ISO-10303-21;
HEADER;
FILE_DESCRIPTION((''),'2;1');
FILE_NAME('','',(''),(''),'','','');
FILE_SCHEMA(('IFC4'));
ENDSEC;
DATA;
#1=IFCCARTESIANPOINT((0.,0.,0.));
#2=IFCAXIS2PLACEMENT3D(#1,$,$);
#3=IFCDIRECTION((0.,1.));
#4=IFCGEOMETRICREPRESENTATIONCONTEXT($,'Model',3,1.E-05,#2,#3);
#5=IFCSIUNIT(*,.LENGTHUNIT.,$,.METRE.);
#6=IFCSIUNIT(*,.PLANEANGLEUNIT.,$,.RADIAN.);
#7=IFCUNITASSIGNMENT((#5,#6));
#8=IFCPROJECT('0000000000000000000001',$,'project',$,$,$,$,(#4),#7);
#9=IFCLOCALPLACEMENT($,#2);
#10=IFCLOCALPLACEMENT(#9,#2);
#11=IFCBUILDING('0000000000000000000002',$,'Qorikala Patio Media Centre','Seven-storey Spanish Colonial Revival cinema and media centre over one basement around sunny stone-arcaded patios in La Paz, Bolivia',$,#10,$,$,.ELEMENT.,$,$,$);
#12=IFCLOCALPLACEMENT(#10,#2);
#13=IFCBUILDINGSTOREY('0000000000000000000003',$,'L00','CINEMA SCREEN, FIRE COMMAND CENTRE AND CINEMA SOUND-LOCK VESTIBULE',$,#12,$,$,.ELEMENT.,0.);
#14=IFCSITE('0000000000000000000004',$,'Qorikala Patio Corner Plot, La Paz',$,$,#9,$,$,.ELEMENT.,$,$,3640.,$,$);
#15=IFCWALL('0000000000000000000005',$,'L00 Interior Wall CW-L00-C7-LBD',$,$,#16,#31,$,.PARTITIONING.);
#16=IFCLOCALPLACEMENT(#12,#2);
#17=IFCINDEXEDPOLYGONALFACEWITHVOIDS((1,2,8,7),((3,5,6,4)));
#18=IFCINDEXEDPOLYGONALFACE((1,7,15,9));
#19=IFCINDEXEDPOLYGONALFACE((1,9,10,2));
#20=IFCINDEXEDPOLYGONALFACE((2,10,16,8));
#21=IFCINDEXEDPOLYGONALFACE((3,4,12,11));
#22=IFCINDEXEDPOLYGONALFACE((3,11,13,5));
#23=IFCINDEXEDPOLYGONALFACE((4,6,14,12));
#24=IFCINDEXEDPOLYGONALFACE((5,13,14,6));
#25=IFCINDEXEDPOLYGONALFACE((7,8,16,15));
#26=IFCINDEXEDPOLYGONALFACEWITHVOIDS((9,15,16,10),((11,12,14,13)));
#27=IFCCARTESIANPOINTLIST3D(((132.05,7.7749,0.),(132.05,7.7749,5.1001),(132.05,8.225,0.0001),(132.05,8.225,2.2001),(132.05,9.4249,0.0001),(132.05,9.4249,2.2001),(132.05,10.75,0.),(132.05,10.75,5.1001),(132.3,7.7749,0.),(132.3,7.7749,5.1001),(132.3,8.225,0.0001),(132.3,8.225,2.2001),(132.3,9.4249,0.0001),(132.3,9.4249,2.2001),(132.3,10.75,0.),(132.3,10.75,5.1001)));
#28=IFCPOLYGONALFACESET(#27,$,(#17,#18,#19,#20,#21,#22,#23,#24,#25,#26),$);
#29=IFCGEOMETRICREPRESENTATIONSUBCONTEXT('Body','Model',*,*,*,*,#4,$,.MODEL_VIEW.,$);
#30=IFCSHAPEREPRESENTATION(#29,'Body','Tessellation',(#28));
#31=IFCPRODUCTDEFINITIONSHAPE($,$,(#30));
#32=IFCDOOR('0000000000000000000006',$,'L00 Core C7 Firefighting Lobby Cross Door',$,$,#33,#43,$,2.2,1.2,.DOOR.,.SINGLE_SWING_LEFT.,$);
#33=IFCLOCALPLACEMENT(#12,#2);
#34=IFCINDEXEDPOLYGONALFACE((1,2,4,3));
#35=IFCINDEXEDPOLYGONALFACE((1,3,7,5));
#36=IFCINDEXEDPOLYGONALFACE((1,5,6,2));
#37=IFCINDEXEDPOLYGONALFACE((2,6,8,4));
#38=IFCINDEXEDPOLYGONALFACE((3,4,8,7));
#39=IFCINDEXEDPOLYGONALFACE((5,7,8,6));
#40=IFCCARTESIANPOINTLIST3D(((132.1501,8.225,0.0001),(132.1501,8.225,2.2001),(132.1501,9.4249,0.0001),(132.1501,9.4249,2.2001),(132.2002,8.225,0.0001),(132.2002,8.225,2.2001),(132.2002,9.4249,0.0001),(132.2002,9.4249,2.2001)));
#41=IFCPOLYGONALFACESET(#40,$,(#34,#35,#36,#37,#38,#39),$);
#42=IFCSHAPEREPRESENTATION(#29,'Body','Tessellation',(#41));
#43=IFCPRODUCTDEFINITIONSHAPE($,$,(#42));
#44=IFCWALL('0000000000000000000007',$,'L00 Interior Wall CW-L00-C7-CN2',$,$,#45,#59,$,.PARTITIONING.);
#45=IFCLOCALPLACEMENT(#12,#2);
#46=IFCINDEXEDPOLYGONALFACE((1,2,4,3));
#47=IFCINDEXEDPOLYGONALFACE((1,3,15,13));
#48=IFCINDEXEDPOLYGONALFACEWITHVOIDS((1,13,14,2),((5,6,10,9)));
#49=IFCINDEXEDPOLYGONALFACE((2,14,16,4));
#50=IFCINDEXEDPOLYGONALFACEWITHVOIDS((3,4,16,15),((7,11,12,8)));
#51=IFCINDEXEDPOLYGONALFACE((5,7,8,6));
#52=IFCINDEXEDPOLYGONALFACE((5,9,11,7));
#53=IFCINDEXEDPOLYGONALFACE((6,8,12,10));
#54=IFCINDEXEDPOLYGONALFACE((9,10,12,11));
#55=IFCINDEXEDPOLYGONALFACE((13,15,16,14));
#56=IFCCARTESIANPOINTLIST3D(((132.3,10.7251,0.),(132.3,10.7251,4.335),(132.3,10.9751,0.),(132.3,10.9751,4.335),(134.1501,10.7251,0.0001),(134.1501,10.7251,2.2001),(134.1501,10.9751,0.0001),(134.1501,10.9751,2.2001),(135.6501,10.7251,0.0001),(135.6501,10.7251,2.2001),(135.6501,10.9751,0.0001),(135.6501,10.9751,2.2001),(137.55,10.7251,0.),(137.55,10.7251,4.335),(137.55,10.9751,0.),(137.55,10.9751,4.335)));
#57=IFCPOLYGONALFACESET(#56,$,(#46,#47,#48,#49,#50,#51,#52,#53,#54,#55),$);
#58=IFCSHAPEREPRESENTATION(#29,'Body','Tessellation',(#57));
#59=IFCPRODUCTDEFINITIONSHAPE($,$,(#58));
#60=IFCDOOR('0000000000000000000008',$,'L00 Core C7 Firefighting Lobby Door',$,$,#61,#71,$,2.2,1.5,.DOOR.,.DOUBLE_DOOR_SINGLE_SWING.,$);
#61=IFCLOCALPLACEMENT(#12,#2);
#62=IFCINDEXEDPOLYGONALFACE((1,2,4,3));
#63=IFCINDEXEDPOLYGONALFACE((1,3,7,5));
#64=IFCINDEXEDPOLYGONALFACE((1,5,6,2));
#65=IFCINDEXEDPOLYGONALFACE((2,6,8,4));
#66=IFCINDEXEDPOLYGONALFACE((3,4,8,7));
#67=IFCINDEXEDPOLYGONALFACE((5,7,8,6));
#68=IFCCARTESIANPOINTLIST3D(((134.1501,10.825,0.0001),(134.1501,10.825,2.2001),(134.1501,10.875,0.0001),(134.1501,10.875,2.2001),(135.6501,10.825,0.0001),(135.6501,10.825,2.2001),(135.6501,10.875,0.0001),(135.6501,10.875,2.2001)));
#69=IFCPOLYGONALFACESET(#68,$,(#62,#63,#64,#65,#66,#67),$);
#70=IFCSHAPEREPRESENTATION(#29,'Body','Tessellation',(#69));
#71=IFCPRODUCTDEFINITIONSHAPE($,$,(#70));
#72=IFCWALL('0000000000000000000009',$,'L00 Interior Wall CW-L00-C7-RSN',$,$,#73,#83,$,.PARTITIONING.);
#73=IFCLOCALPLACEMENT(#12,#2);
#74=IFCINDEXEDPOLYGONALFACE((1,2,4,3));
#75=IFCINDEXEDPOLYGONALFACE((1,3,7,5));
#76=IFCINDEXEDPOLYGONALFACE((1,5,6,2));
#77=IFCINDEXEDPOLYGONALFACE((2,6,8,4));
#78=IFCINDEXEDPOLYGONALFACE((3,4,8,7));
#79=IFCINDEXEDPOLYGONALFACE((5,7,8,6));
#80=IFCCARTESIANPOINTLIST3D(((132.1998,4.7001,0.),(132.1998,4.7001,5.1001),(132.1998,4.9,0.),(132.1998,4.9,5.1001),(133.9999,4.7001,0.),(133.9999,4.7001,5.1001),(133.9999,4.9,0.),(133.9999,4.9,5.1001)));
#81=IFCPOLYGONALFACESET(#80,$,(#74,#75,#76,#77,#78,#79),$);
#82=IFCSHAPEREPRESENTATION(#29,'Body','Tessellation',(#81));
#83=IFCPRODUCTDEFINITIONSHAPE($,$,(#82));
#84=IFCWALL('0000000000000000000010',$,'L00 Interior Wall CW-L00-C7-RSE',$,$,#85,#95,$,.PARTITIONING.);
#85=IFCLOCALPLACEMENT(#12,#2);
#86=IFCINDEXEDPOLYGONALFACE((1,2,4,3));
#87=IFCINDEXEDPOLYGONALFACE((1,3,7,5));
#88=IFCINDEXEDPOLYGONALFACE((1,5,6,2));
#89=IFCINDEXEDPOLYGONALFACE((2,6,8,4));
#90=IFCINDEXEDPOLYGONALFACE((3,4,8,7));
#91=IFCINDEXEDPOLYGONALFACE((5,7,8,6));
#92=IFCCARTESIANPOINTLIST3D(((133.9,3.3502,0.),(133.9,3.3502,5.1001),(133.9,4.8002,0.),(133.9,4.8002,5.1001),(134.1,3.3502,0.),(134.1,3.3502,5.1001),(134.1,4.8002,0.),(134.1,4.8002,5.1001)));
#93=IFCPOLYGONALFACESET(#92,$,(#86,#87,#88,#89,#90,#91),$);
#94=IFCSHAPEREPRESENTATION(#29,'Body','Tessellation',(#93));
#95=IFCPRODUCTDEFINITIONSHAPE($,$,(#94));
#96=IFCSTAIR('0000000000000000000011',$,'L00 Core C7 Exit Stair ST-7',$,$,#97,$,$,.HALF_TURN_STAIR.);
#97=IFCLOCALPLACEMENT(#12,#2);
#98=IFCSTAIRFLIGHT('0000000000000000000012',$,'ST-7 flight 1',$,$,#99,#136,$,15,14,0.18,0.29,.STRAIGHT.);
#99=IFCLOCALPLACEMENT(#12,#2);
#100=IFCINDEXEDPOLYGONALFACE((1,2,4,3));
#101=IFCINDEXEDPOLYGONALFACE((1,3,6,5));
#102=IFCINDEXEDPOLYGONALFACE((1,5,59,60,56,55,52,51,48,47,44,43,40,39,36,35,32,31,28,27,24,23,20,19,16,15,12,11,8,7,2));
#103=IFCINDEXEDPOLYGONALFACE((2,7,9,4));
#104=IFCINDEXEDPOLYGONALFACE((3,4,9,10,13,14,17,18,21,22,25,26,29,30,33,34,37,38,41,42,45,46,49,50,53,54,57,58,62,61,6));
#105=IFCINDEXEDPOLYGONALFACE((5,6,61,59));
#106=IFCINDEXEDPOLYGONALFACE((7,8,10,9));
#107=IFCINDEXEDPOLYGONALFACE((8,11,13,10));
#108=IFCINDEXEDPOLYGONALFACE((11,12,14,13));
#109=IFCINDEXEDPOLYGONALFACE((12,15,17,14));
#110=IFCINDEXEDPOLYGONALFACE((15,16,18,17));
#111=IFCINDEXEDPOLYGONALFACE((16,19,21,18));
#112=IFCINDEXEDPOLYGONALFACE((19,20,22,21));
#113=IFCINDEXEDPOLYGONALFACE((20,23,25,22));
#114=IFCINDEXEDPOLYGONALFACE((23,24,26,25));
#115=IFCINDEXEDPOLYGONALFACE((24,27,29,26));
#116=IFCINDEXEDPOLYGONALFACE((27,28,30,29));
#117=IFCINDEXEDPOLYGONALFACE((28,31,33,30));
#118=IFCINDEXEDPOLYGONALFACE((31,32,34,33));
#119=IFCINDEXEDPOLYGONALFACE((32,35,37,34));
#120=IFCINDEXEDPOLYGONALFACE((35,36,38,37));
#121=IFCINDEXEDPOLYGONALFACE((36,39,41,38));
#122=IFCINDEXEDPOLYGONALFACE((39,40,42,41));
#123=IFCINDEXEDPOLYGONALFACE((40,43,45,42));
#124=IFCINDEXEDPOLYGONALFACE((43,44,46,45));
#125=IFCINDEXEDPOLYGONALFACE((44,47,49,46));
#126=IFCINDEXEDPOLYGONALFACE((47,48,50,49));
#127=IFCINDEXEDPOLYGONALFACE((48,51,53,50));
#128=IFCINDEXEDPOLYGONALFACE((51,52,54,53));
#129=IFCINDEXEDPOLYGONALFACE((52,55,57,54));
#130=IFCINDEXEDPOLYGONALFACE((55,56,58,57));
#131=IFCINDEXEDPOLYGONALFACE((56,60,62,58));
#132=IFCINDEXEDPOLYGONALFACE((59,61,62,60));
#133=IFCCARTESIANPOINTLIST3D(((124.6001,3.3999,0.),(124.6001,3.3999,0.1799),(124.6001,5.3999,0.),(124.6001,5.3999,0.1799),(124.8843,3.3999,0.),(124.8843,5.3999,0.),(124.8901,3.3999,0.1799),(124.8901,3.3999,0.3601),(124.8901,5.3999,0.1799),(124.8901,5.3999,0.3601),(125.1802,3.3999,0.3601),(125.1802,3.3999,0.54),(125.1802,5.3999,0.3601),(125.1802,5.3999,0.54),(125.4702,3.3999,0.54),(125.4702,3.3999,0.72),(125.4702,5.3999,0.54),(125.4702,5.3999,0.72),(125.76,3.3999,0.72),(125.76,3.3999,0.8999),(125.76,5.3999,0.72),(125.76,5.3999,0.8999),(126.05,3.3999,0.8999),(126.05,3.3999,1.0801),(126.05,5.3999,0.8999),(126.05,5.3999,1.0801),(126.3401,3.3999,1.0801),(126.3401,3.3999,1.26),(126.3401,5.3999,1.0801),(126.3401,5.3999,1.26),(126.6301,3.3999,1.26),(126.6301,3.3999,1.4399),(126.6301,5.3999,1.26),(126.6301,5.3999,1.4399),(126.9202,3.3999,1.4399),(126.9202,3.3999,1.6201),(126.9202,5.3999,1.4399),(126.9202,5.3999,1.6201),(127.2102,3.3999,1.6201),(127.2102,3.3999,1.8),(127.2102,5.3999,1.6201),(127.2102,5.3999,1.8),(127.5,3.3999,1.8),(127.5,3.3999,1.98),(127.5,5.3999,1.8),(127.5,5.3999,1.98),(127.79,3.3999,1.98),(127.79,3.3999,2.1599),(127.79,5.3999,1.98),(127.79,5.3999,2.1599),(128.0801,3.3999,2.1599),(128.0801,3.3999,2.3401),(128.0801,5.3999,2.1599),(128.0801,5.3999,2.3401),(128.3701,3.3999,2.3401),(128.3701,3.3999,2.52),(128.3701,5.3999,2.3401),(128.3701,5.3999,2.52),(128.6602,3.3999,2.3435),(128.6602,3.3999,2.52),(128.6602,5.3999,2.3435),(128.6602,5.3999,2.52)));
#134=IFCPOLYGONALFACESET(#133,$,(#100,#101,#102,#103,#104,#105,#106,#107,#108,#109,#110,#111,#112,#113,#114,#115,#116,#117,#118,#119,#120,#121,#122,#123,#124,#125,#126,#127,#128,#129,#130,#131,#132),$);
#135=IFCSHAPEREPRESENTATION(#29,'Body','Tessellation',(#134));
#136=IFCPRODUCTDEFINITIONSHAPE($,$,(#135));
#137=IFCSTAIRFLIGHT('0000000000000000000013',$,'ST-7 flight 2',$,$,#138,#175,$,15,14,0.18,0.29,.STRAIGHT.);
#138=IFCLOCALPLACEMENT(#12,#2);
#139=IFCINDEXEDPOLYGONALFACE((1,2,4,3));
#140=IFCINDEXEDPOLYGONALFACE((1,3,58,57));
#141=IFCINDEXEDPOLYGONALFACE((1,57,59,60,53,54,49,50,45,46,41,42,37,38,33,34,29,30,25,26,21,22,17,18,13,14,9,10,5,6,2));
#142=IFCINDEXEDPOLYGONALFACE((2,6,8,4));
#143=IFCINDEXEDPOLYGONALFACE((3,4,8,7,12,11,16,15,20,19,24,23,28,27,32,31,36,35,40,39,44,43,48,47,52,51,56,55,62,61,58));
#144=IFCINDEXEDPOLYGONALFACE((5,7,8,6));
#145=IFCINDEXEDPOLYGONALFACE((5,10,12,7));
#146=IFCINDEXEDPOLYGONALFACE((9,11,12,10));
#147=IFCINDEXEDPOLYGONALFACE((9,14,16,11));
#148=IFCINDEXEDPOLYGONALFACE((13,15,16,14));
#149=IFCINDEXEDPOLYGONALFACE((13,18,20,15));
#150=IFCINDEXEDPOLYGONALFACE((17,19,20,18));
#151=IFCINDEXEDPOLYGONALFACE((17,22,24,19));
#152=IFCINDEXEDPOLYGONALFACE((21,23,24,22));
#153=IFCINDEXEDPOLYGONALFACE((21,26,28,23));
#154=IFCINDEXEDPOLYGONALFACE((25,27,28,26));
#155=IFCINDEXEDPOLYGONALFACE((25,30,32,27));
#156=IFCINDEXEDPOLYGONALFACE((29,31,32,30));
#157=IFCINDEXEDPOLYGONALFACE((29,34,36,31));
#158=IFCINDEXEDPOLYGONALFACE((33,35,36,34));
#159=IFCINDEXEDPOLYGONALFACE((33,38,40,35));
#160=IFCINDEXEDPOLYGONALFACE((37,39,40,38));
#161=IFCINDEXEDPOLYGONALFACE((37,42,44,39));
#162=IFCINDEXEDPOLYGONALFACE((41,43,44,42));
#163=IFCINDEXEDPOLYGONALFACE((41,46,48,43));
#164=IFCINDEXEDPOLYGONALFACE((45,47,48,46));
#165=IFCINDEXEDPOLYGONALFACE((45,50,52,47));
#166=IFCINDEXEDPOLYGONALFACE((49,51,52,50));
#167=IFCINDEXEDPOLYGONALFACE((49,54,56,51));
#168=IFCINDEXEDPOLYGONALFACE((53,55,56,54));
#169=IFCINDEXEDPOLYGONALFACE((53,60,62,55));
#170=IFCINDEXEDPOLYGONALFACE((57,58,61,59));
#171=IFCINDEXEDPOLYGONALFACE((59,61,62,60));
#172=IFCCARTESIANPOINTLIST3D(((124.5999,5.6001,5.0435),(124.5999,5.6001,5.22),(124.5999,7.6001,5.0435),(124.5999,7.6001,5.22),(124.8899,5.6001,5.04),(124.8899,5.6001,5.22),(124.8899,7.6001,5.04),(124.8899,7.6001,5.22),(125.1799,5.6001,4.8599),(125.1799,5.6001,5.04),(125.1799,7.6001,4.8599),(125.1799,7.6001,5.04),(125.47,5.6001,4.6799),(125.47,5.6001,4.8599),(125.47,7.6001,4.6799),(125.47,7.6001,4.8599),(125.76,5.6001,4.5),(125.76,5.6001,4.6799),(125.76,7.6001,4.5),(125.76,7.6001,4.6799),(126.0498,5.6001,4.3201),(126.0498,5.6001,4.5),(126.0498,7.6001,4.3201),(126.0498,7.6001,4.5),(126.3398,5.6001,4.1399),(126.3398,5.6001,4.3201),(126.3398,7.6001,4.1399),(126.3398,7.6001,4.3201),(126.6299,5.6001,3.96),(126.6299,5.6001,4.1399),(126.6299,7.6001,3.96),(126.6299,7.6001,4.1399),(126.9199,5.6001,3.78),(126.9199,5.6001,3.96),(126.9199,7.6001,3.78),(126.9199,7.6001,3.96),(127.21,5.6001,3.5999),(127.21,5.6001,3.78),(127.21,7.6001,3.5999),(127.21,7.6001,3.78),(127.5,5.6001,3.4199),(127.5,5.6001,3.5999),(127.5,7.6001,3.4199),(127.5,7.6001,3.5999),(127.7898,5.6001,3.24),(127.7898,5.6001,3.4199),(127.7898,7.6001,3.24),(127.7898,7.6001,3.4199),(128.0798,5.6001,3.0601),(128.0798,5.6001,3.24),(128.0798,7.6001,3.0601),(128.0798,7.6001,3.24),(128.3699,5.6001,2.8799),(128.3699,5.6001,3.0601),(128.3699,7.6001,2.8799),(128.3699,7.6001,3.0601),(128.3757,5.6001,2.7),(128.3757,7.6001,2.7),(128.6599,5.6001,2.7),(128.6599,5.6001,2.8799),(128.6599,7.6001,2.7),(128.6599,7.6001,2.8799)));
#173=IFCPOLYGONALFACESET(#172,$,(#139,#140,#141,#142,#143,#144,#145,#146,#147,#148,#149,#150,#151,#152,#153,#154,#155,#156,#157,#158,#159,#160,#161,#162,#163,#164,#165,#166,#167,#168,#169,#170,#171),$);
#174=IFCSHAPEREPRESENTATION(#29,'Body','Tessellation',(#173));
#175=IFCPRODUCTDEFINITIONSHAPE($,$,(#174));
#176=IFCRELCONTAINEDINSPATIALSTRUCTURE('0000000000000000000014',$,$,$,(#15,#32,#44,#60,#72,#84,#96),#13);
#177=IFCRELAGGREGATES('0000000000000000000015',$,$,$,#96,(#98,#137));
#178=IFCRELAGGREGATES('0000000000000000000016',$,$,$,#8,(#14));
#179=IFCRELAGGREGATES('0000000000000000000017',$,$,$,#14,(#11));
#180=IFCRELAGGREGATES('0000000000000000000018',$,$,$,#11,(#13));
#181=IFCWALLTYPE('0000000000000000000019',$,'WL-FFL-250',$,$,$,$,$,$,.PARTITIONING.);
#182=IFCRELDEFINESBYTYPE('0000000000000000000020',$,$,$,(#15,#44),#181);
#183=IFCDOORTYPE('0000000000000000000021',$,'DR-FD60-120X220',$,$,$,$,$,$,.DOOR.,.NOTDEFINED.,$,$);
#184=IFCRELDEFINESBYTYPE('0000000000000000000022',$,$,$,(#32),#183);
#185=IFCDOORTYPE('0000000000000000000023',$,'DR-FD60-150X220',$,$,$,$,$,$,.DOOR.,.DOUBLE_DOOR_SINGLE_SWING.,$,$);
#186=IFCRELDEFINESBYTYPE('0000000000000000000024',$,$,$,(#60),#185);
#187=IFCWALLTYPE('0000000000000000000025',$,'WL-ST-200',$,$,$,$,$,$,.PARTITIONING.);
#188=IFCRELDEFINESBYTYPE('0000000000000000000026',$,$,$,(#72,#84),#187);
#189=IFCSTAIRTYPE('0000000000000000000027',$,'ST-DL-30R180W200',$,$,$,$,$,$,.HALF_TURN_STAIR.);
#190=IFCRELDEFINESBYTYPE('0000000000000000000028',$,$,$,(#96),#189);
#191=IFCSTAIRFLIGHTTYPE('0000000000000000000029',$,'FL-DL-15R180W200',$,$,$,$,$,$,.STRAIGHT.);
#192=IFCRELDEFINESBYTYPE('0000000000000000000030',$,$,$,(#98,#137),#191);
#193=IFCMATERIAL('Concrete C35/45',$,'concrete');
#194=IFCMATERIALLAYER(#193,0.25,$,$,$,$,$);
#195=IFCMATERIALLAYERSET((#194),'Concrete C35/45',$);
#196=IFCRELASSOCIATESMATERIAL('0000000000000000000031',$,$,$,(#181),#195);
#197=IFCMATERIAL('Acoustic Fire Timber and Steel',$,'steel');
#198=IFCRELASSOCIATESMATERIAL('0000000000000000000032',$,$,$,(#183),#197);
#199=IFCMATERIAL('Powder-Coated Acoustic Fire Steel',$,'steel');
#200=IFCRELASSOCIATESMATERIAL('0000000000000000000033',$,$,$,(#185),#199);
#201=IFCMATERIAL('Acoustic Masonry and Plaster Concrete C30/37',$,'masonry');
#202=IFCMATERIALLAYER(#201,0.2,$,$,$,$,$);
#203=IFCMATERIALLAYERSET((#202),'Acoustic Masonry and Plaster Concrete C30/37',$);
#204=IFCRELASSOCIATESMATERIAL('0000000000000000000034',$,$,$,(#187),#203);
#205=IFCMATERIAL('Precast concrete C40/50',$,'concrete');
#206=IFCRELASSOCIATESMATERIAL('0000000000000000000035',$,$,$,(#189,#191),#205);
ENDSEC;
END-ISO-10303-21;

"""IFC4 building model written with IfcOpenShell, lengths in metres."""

from ifc_helpers import new_model, si_unit, direction, frame, frame_2d, origin, place, context, subcontext, project, spatial, polyline, rectangle, outline, extrude, material, layer, layer_set, type_object, element, fill, aggregate, save


model = new_model("IFC4")

# Units and contexts
model_context = context("Model", 3, precision=1e-05, world=origin(), true_north=direction((0.0, 1.0)))
body_context = subcontext(model_context, "Body", "Model", "MODEL_VIEW")
ifc_project = project(units=[si_unit("LENGTHUNIT", "METRE"), si_unit("PLANEANGLEUNIT", "RADIAN")], contexts=[model_context])

# Site, building, storey
site_placement = place(None, origin())
site = spatial("IfcSite", under=ifc_project, at=site_placement, Name="Qorikala Patio Corner Plot, La Paz", CompositionType="ELEMENT", RefElevation=3640.0)
building_placement = place(site_placement, origin())
building = spatial("IfcBuilding", under=site, at=building_placement, Name="Qorikala Patio Media Centre", Description="Seven-storey Spanish Colonial Revival cinema and media centre over one basement around sunny stone-arcaded patios in La Paz, Bolivia", CompositionType="ELEMENT")
storey_placement = place(building_placement, origin())
storey = spatial("IfcBuildingStorey", under=building, at=storey_placement, Name="L00", Description="CINEMA SCREEN, FIRE COMMAND CENTRE AND CINEMA SOUND-LOCK VESTIBULE", CompositionType="ELEMENT", Elevation=0.0)

# Shared definitions
ifc_material_1 = material(Name="Concrete C35/45", Category="concrete")

# Walls, openings, doors
ifc_layer_1 = layer(ifc_material_1, 0.25)
ifc_layer_set_1 = layer_set([ifc_layer_1], Name="Concrete C35/45")
wall_type_1 = type_object("IfcWallType", Name="WL-FFL-250", PredefinedType="PARTITIONING", material=ifc_layer_set_1)
wall_1_placement = place(storey_placement, frame((132.175, 7.7749, 0.0), z_axis=(0.0, 0.0, 1.0), x_axis=(0.0, 1.0, 0.0)))
wall_1 = element("IfcWall", 1, at=wall_1_placement, inside=storey, type_object=wall_type_1, Name="L00 Interior Wall CW-L00-C7-LBD", PredefinedType="PARTITIONING", context=body_context, shape_type="SweptSolid", body=[
    extrude(rectangle(XDim=2.9751, YDim=0.25, at=frame_2d((1.4875, 0.0))), origin(), (0.0, 0.0, 1.0), 5.1001),
])
opening_1_placement = place(wall_1_placement, frame((0.45, 0.0, 0.0)))
opening_1 = element("IfcOpeningElement", 2, at=opening_1_placement, cuts=wall_1, PredefinedType="OPENING", context=body_context, shape_type="SweptSolid", body=[
    extrude(rectangle(XDim=1.2, YDim=2.2, at=frame_2d((0.6001, 1.1001))), frame((0.0, 0.135, 0.0), z_axis=(0.0, -1.0, 0.0), x_axis=(1.0, 0.0, 0.0)), (0.0, 0.0, 1.0), 0.27),
])
ifc_material_2 = material(Name="Acoustic Fire Timber and Steel", Category="steel")
door_type_1 = type_object("IfcDoorType", Name="DR-FD60-120X220", OperationType="NOTDEFINED", PredefinedType="DOOR", material=ifc_material_2)
door_1_placement = place(opening_1_placement, origin())
door_1 = element("IfcDoor", 3, at=door_1_placement, inside=storey, type_object=door_type_1, Name="L00 Core C7 Firefighting Lobby Cross Door", OperationType="SINGLE_SWING_LEFT", OverallHeight=2.2, OverallWidth=1.2, PredefinedType="DOOR", context=body_context, shape_type="SweptSolid", body=[
    extrude(rectangle(XDim=1.2, YDim=2.2, at=frame_2d((0.6001, 1.1001))), frame((0.0, 0.0249, 0.0), z_axis=(0.0, -1.0, 0.0), x_axis=(1.0, 0.0, 0.0)), (0.0, 0.0, 1.0), 0.05),
])
fill(opening_1, door_1)
wall_2_placement = place(storey_placement, frame((132.3, 10.8501, 0.0), z_axis=(0.0, 0.0, 1.0), x_axis=(1.0, 0.0, 0.0)))
wall_2 = element("IfcWall", 4, at=wall_2_placement, inside=storey, type_object=wall_type_1, Name="L00 Interior Wall CW-L00-C7-CN2", PredefinedType="PARTITIONING", context=body_context, shape_type="SweptSolid", body=[
    extrude(rectangle(XDim=5.25, YDim=0.25, at=frame_2d((2.625, 0.0))), origin(), (0.0, 0.0, 1.0), 4.335),
])
opening_2_placement = place(wall_2_placement, frame((1.8501, 0.0, 0.0)))
opening_2 = element("IfcOpeningElement", 5, at=opening_2_placement, cuts=wall_2, PredefinedType="OPENING", context=body_context, shape_type="SweptSolid", body=[
    extrude(rectangle(XDim=1.5, YDim=2.2, at=frame_2d((0.75, 1.1001))), frame((0.0, 0.135, 0.0), z_axis=(0.0, -1.0, 0.0), x_axis=(1.0, 0.0, 0.0)), (0.0, 0.0, 1.0), 0.27),
])
ifc_material_3 = material(Name="Powder-Coated Acoustic Fire Steel", Category="steel")
door_type_2 = type_object("IfcDoorType", Name="DR-FD60-150X220", OperationType="DOUBLE_DOOR_SINGLE_SWING", PredefinedType="DOOR", material=ifc_material_3)
door_2_placement = place(opening_2_placement, origin())
door_2 = element("IfcDoor", 6, at=door_2_placement, inside=storey, type_object=door_type_2, Name="L00 Core C7 Firefighting Lobby Door", OperationType="DOUBLE_DOOR_SINGLE_SWING", OverallHeight=2.2, OverallWidth=1.5, PredefinedType="DOOR", context=body_context, shape_type="SweptSolid", body=[
    extrude(rectangle(XDim=1.5, YDim=2.2, at=frame_2d((0.75, 1.1001))), frame((0.0, 0.0249, 0.0), z_axis=(0.0, -1.0, 0.0), x_axis=(1.0, 0.0, 0.0)), (0.0, 0.0, 1.0), 0.05),
])
fill(opening_2, door_2)

# Walls
ifc_material_4 = material(Name="Acoustic Masonry and Plaster Concrete C30/37", Category="masonry")
ifc_layer_2 = layer(ifc_material_4, 0.2)
ifc_layer_set_2 = layer_set([ifc_layer_2], Name="Acoustic Masonry and Plaster Concrete C30/37")
wall_type_2 = type_object("IfcWallType", Name="WL-ST-200", PredefinedType="PARTITIONING", material=ifc_layer_set_2)
wall_3_placement = place(storey_placement, frame((132.2, 4.8, 0.0), z_axis=(0.0, 0.0, 1.0), x_axis=(1.0, 0.0, 0.0)))
element("IfcWall", 7, at=wall_3_placement, inside=storey, type_object=wall_type_2, Name="L00 Interior Wall CW-L00-C7-RSN", PredefinedType="PARTITIONING", context=body_context, shape_type="SweptSolid", body=[
    extrude(rectangle(XDim=1.8, YDim=0.2, at=frame_2d((0.8999, 0.0))), origin(), (0.0, 0.0, 1.0), 5.1001),
])
wall_4_placement = place(storey_placement, frame((134.0, 3.3501, 0.0), z_axis=(0.0, 0.0, 1.0), x_axis=(0.0, 1.0, 0.0)))
element("IfcWall", 8, at=wall_4_placement, inside=storey, type_object=wall_type_2, Name="L00 Interior Wall CW-L00-C7-RSE", PredefinedType="PARTITIONING", context=body_context, shape_type="SweptSolid", body=[
    extrude(rectangle(XDim=1.45, YDim=0.2, at=frame_2d((0.7251, 0.0))), origin(), (0.0, 0.0, 1.0), 5.1001),
])

# Stair, stair flights
ifc_material_5 = material(Name="Precast concrete C40/50", Category="concrete")
stair_type = type_object("IfcStairType", Name="ST-DL-30R180W200", PredefinedType="HALF_TURN_STAIR", material=ifc_material_5)
stair_placement = place(storey_placement, origin())
stair = element("IfcStair", 9, at=stair_placement, inside=storey, type_object=stair_type, Name="L00 Core C7 Exit Stair ST-7", PredefinedType="HALF_TURN_STAIR")
stair_flight_type = type_object("IfcStairFlightType", Name="FL-DL-15R180W200", PredefinedType="STRAIGHT", material=ifc_material_5)
stair_flight_1_placement = place(storey_placement, frame((124.6001, 4.3999, 0.0), z_axis=(0.0, 0.0, 1.0), x_axis=(1.0, 0.0, 0.0)))
stair_flight_1 = element("IfcStairFlight", 10, at=stair_flight_1_placement, type_object=stair_flight_type, Name="ST-7 flight 1", NumberOfRisers=15, NumberOfTreads=14, PredefinedType="STRAIGHT", RiserHeight=0.18, TreadLength=0.29, context=body_context, shape_type="SweptSolid", body=[
    extrude(outline(polyline([(0.0, 0.0), (0.0, 0.1799), (0.29, 0.1799), (0.29, 0.3601), (0.5801, 0.3601), (0.5801, 0.54), (0.8701, 0.54), (0.8701, 0.72), (1.1599, 0.72), (1.1599, 0.8999), (1.45, 0.8999), (1.45, 1.0801), (1.74, 1.0801), (1.74, 1.26), (2.03, 1.26), (2.03, 1.4399), (2.3201, 1.4399), (2.3201, 1.6201), (2.6101, 1.6201), (2.6101, 1.8), (2.8999, 1.8), (2.8999, 1.98), (3.1899, 1.98), (3.1899, 2.1599), (3.48, 2.1599), (3.48, 2.3401), (3.77, 2.3401), (3.77, 2.52), (4.0601, 2.52), (4.0601, 2.7), (4.0601, 2.3435), (0.2842, 0.0), (0.0, 0.0)])), frame((0.0, 1.0, 0.0), z_axis=(0.0, -1.0, 0.0), x_axis=(1.0, 0.0, 0.0)), (0.0, 0.0, 1.0), 2.0),
])
stair_flight_2_placement = place(storey_placement, frame((128.6599, 6.6001, 2.7), z_axis=(0.0, 0.0, 1.0), x_axis=(-1.0, 0.0, 0.0)))
stair_flight_2 = element("IfcStairFlight", 11, at=stair_flight_2_placement, type_object=stair_flight_type, Name="ST-7 flight 2", NumberOfRisers=15, NumberOfTreads=14, PredefinedType="STRAIGHT", RiserHeight=0.18, TreadLength=0.29, context=body_context, shape_type="SweptSolid", body=[
    extrude(outline(polyline([(0.0, 0.0), (0.0, 0.1799), (0.29, 0.1799), (0.29, 0.3601), (0.5801, 0.3601), (0.5801, 0.54), (0.8701, 0.54), (0.8701, 0.72), (1.1599, 0.72), (1.1599, 0.8999), (1.45, 0.8999), (1.45, 1.0801), (1.74, 1.0801), (1.74, 1.26), (2.03, 1.26), (2.03, 1.4399), (2.3201, 1.4399), (2.3201, 1.6201), (2.6101, 1.6201), (2.6101, 1.8), (2.8999, 1.8), (2.8999, 1.98), (3.1899, 1.98), (3.1899, 2.1599), (3.48, 2.1599), (3.48, 2.3401), (3.77, 2.3401), (3.77, 2.52), (4.0601, 2.52), (4.0601, 2.7), (4.0601, 2.3435), (0.2842, 0.0), (0.0, 0.0)])), frame((0.0, 1.0, 0.0), z_axis=(0.0, -1.0, 0.0), x_axis=(1.0, 0.0, 0.0)), (0.0, 0.0, 1.0), 2.0),
])
aggregate(stair, [stair_flight_1, stair_flight_2])

save(model, "model.ifc")
